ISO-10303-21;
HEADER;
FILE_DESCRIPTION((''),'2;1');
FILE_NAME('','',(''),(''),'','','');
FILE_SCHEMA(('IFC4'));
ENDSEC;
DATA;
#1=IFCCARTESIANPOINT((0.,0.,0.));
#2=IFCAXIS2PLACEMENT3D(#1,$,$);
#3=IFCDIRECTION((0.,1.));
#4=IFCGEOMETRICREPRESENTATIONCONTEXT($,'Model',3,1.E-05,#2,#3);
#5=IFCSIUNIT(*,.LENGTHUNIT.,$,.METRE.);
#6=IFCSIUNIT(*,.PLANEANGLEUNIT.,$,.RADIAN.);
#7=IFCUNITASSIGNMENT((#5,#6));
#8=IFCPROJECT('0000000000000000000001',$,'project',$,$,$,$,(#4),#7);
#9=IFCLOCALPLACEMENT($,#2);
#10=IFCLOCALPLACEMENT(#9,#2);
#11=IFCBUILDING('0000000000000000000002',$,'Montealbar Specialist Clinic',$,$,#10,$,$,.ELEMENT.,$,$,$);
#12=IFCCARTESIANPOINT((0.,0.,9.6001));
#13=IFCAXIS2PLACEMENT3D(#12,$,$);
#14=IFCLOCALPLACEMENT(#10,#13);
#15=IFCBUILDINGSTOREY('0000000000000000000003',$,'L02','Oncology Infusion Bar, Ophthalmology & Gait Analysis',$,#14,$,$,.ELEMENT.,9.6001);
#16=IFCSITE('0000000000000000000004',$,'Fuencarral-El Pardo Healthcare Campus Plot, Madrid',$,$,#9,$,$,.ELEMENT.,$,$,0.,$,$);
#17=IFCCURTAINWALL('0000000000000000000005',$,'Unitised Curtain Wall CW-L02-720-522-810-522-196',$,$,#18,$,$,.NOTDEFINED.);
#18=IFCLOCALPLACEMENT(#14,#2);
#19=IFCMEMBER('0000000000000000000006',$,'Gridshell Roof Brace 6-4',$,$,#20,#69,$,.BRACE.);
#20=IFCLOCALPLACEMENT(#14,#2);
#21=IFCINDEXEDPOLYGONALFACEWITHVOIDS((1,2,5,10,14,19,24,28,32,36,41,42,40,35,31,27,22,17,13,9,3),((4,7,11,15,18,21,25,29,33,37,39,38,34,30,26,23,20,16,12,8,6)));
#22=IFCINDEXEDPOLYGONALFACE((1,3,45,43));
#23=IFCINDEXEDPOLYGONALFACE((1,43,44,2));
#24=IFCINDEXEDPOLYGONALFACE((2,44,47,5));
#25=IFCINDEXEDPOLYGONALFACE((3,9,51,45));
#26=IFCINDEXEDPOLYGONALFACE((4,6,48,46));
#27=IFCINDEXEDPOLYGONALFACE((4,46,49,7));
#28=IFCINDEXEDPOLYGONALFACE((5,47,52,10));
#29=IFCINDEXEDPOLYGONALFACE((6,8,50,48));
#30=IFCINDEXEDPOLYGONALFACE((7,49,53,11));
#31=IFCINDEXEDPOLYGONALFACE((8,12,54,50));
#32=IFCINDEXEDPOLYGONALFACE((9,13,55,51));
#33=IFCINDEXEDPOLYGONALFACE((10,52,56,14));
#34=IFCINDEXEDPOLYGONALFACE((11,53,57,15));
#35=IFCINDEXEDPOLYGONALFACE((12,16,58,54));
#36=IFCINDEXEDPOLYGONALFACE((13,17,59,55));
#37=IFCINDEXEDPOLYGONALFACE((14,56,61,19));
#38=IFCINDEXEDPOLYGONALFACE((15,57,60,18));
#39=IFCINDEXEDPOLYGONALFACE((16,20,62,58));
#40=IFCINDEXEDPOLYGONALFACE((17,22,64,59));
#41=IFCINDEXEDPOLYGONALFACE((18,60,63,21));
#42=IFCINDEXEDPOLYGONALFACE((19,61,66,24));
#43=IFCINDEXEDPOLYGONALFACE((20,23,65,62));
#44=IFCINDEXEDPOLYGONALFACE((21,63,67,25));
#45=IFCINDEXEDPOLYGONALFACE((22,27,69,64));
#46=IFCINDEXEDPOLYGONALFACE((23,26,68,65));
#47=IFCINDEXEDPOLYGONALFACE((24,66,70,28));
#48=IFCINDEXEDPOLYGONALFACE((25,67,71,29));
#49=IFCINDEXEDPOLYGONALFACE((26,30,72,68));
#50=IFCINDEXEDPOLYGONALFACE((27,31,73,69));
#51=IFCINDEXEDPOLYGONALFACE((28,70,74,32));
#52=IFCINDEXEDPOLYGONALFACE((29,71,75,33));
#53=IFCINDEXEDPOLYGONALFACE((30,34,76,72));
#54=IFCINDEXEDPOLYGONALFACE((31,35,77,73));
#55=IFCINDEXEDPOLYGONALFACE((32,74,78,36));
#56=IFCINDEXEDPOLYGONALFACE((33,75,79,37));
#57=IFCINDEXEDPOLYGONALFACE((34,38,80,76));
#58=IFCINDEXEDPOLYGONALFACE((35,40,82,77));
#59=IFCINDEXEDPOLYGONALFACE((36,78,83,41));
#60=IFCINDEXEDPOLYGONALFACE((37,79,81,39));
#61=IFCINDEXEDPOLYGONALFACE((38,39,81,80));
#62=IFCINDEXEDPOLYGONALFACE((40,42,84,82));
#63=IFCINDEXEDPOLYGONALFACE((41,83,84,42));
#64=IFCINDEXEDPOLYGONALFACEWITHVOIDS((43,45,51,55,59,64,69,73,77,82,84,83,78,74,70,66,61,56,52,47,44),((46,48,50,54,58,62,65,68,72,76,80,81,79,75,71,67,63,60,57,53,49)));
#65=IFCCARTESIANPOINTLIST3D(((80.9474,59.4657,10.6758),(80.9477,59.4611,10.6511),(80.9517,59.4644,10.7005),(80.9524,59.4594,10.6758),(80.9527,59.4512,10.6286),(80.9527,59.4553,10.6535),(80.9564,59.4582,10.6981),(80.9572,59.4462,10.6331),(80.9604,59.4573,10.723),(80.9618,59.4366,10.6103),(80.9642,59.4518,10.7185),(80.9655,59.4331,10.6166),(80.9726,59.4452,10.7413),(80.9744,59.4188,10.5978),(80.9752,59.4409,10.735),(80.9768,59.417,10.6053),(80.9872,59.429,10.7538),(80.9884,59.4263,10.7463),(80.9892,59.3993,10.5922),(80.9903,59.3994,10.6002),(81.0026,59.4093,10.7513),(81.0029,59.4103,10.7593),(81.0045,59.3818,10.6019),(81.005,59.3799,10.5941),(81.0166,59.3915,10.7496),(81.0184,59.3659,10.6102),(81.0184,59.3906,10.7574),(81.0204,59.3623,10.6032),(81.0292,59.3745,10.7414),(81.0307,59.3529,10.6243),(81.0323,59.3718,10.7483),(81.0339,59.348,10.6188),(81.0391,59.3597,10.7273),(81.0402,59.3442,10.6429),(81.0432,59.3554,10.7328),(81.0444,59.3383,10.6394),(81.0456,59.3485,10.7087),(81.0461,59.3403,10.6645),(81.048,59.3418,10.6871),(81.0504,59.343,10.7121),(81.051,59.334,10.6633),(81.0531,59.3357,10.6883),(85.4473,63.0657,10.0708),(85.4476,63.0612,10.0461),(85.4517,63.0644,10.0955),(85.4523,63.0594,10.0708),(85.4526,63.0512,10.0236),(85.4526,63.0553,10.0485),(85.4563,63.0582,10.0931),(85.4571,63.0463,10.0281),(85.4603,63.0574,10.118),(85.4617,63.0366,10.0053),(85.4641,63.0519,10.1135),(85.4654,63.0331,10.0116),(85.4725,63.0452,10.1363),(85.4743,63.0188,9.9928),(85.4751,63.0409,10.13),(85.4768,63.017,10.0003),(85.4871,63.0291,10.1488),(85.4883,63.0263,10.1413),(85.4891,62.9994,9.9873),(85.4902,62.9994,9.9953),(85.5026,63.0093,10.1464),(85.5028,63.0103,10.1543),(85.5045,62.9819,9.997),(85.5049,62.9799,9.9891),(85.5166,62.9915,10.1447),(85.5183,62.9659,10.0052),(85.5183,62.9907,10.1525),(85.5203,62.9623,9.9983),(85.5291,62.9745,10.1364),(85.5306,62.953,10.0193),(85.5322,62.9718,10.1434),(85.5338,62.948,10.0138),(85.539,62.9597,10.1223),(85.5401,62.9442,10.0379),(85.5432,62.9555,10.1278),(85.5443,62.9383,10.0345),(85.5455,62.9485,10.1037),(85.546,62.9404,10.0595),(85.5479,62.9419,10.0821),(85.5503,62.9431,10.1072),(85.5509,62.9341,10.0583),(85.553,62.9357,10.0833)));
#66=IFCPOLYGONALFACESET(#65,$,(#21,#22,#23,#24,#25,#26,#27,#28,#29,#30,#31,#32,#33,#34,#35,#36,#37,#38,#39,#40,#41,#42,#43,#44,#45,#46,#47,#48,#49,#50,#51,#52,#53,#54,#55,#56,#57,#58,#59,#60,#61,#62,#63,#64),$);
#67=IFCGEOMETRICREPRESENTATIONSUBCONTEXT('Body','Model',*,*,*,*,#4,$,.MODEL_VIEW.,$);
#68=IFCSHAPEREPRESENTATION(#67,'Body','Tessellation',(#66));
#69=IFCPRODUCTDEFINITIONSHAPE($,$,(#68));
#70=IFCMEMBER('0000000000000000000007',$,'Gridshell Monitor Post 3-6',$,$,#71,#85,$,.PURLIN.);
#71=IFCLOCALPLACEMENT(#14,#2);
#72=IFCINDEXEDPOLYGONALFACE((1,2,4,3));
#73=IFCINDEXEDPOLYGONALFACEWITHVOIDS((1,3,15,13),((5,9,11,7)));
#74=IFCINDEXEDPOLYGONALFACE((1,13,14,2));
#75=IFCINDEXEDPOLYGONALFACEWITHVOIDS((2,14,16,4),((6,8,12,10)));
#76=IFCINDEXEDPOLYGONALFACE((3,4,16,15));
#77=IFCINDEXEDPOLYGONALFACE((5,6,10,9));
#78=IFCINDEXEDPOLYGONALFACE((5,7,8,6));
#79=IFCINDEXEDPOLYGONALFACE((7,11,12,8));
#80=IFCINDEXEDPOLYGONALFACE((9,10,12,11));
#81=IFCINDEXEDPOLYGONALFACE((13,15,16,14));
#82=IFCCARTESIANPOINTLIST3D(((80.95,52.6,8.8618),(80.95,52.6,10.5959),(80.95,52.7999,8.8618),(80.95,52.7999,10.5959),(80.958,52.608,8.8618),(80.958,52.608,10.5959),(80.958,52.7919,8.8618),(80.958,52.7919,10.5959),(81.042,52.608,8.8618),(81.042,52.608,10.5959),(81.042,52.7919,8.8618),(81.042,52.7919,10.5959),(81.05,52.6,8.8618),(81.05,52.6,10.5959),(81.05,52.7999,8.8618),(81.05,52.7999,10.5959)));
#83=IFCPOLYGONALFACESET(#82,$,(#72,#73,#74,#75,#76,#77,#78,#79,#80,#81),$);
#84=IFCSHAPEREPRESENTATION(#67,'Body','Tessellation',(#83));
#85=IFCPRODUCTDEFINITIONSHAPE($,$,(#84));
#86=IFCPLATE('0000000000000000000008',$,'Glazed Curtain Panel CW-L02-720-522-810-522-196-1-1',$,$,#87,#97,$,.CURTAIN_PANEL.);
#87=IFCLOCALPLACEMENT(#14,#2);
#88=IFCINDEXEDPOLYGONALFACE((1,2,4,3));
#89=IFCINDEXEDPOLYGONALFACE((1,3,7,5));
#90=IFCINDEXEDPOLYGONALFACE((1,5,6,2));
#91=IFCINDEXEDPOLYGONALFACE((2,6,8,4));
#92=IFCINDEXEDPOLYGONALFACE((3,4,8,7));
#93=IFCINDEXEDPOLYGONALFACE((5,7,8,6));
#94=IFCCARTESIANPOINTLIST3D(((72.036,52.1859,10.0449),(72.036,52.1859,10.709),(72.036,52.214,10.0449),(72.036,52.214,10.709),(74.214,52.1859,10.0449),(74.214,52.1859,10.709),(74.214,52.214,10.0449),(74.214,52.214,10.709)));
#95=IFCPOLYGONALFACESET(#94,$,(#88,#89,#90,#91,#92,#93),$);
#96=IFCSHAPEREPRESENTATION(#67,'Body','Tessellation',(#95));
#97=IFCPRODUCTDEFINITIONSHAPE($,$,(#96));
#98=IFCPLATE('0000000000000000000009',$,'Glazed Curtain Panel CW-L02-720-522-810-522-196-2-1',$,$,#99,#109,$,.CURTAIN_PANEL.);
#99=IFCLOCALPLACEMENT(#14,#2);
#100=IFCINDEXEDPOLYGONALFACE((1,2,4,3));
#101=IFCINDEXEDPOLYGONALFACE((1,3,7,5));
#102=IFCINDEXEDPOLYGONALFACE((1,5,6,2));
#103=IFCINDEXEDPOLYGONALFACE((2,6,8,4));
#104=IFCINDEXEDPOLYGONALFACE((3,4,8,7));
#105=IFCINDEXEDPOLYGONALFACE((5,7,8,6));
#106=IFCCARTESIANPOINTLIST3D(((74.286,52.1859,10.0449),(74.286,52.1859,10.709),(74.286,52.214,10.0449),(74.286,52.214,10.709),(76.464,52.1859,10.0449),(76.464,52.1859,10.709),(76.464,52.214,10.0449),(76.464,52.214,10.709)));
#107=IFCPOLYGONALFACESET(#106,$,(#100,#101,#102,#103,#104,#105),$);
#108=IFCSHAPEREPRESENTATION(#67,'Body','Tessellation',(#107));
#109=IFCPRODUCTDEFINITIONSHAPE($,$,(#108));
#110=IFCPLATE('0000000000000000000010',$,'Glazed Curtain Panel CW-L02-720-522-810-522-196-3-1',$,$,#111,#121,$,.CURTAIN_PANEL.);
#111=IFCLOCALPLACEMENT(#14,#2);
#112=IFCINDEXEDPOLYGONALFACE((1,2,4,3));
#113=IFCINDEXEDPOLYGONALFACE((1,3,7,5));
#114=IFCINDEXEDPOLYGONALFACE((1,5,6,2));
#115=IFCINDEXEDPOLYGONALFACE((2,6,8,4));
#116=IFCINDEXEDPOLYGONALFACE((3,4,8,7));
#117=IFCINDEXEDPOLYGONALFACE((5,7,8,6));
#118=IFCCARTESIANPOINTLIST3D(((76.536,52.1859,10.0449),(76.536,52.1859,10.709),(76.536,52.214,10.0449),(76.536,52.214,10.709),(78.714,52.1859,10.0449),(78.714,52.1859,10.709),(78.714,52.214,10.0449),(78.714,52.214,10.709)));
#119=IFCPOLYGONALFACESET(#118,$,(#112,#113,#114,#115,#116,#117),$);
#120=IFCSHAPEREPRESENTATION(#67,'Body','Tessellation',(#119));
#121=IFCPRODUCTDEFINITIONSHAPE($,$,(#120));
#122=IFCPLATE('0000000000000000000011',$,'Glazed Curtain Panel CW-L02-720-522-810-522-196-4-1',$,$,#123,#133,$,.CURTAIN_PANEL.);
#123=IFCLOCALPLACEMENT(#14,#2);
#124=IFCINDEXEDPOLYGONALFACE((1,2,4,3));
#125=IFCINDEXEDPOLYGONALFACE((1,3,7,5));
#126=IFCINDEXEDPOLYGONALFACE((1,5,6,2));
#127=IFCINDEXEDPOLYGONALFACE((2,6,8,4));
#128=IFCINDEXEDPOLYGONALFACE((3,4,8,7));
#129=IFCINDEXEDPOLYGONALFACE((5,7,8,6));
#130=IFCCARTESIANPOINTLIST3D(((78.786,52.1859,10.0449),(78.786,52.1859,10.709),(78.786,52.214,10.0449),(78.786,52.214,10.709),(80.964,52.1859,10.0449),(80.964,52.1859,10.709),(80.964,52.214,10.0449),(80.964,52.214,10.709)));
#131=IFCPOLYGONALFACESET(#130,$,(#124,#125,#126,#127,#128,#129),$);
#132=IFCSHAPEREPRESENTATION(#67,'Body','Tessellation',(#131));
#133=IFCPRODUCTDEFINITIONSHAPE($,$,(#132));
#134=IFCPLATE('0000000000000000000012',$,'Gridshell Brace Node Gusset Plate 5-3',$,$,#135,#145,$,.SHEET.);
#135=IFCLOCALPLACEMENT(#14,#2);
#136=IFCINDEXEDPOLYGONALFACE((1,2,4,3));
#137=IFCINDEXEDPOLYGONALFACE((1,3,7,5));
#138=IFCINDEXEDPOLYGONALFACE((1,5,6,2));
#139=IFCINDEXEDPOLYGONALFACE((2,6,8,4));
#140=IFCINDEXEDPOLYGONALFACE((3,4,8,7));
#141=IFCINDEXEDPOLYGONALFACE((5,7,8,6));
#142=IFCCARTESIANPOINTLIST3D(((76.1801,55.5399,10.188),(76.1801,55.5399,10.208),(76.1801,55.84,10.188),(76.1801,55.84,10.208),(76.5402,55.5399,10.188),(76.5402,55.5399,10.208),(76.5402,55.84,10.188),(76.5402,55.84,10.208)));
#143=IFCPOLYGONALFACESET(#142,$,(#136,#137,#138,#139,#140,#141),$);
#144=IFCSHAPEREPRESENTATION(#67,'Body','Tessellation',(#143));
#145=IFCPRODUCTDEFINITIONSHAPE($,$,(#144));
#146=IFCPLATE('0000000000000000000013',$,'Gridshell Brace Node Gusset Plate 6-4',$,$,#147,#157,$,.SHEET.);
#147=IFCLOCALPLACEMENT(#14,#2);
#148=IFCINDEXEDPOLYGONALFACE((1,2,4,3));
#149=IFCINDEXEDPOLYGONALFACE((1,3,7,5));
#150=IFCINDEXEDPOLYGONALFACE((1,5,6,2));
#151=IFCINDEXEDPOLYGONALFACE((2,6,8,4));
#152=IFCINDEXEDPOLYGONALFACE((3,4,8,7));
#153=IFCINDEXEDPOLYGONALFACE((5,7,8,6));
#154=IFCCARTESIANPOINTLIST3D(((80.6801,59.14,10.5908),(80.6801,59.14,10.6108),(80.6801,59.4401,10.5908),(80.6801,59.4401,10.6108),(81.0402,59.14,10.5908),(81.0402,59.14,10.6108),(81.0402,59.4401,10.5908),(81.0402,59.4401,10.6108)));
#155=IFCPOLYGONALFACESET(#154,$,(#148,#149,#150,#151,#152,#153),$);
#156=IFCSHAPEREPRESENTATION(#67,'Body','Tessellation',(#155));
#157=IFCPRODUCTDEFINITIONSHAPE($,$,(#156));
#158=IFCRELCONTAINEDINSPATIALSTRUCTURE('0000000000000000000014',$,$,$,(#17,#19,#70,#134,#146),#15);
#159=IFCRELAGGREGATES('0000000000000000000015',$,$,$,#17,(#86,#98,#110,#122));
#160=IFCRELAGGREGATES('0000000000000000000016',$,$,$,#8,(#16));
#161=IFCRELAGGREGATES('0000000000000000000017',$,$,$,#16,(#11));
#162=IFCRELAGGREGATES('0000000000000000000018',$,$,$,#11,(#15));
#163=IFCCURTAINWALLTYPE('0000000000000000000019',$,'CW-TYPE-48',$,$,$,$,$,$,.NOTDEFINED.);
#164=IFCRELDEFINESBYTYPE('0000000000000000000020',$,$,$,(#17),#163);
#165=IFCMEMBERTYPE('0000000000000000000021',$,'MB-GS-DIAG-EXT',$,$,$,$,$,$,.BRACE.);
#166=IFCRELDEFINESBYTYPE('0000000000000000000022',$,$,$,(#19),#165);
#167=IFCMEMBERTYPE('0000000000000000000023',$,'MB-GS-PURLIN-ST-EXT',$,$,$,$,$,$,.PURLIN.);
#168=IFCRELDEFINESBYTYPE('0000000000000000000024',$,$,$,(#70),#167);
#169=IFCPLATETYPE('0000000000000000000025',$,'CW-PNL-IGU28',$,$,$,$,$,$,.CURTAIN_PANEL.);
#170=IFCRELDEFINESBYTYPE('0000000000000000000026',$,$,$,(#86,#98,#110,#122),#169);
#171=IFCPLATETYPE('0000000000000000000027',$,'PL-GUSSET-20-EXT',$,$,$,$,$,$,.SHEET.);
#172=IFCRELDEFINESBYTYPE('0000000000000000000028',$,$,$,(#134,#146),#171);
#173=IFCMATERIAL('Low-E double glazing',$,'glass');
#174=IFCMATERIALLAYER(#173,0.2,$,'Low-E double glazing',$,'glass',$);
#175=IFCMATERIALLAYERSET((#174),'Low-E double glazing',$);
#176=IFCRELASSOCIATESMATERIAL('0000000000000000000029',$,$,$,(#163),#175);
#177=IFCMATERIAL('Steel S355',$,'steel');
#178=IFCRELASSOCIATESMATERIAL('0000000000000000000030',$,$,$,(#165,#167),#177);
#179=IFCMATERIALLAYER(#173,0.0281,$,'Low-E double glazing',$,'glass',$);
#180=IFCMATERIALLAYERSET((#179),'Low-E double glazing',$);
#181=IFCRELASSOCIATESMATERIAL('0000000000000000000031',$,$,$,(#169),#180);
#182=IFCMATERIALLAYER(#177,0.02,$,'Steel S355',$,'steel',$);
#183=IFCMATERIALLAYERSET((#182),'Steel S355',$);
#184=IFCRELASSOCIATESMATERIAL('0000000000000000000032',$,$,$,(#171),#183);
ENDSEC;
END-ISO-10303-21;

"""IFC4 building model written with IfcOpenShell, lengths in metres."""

from ifc_helpers import new_model, si_unit, direction, frame, origin, origin_2d, place, context, subcontext, project, spatial, rectangle, hollow_rectangle, hollow_circle, extrude, material, layer, layer_set, material_profile, profile_set, type_object, element, aggregate, save


model = new_model("IFC4")

# Units and contexts
model_context = context("Model", 3, precision=1e-05, world=origin(), true_north=direction((0.0, 1.0)))
body_context = subcontext(model_context, "Body", "Model", "MODEL_VIEW")
ifc_project = project(units=[si_unit("LENGTHUNIT", "METRE"), si_unit("PLANEANGLEUNIT", "RADIAN")], contexts=[model_context])

# Site, building, storey
site_placement = place(None, origin())
site = spatial("IfcSite", under=ifc_project, at=site_placement, Name="Fuencarral-El Pardo Healthcare Campus Plot, Madrid", CompositionType="ELEMENT", RefElevation=0.0)
building_placement = place(site_placement, origin())
building = spatial("IfcBuilding", under=site, at=building_placement, Name="Montealbar Specialist Clinic", CompositionType="ELEMENT")
storey_placement = place(building_placement, frame((0.0, 0.0, 9.6001)))
storey = spatial("IfcBuildingStorey", under=building, at=storey_placement, Name="L02", Description="Oncology Infusion Bar, Ophthalmology & Gait Analysis", CompositionType="ELEMENT", Elevation=9.6001)

# Shared definitions
ifc_material_1 = material(Name="Steel S355", Category="steel")

# Curtain wall
ifc_material_2 = material(Name="Low-E double glazing", Category="glass")
ifc_layer_1 = layer(ifc_material_2, 0.2, Name="Low-E double glazing", Category="glass")
ifc_layer_set_1 = layer_set([ifc_layer_1], Name="Low-E double glazing")
curtain_wall_type = type_object("IfcCurtainWallType", Name="CW-TYPE-48", PredefinedType="NOTDEFINED", material=ifc_layer_set_1)
curtain_wall_placement = place(storey_placement, origin())
curtain_wall = element("IfcCurtainWall", 1, at=curtain_wall_placement, inside=storey, type_object=curtain_wall_type, Name="Unitised Curtain Wall CW-L02-720-522-810-522-196", PredefinedType="NOTDEFINED")

# Members
ifc_material_profile_1 = material_profile(ifc_material_1, hollow_circle(Radius=0.0842, WallThickness=0.0081, at=origin_2d()), Name="CHS 168.3x8.0", Category="steel")
ifc_profile_set_1 = profile_set([ifc_material_profile_1], Name="Steel S355")
member_type_1 = type_object("IfcMemberType", Name="MB-GS-DIAG-EXT", PredefinedType="BRACE", material=ifc_profile_set_1)
member_1_placement = place(storey_placement, frame((81.0, 59.3999, 10.6758), z_axis=(0.776593, 0.621291, -0.104405), x_axis=(-0.624705, 0.780861, 0.0)))
element("IfcMember", 2, at=member_1_placement, inside=storey, type_object=member_type_1, Name="Gridshell Roof Brace 6-4", PredefinedType="BRACE", context=body_context, shape_type="SweptSolid", body=[
    extrude(hollow_circle(Radius=0.0842, WallThickness=0.0081, at=origin_2d()), origin(), (0.0, 0.0, 1.0), 5.7944),
])
ifc_material_profile_2 = material_profile(ifc_material_1, hollow_rectangle(XDim=0.1001, YDim=0.2, WallThickness=0.0081, at=origin_2d()), Name="RHS 200x100x8", Category="steel")
ifc_profile_set_2 = profile_set([ifc_material_profile_2], Name="Steel S355")
member_type_2 = type_object("IfcMemberType", Name="MB-GS-PURLIN-ST-EXT", PredefinedType="PURLIN", material=ifc_profile_set_2)
member_2_placement = place(storey_placement, frame((81.0, 52.7, 8.8618), z_axis=(0.0, 0.0, 1.0), x_axis=(1.0, 0.0, 0.0)))
element("IfcMember", 3, at=member_2_placement, inside=storey, type_object=member_type_2, Name="Gridshell Monitor Post 3-6", PredefinedType="PURLIN", context=body_context, shape_type="SweptSolid", body=[
    extrude(hollow_rectangle(XDim=0.1001, YDim=0.2, WallThickness=0.0081, at=origin_2d()), origin(), (0.0, 0.0, 1.0), 1.7341),
])

# Plates
ifc_layer_2 = layer(ifc_material_2, 0.0281, Name="Low-E double glazing", Category="glass")
ifc_layer_set_2 = layer_set([ifc_layer_2], Name="Low-E double glazing")
plate_type_1 = type_object("IfcPlateType", Name="CW-PNL-IGU28", PredefinedType="CURTAIN_PANEL", material=ifc_layer_set_2)
plate_1_placement = place(storey_placement, frame((73.125, 52.2, 10.0449), z_axis=(0.0, 0.0, 1.0), x_axis=(1.0, 0.0, 0.0)))
plate_1 = element("IfcPlate", 4, at=plate_1_placement, type_object=plate_type_1, Name="Glazed Curtain Panel CW-L02-720-522-810-522-196-1-1", PredefinedType="CURTAIN_PANEL", context=body_context, shape_type="SweptSolid", body=[
    extrude(rectangle(XDim=2.178, YDim=0.0281, at=origin_2d()), origin(), (0.0, 0.0, 1.0), 0.6641),
])
plate_2_placement = place(storey_placement, frame((75.375, 52.2, 10.0449), z_axis=(0.0, 0.0, 1.0), x_axis=(1.0, 0.0, 0.0)))
plate_2 = element("IfcPlate", 5, at=plate_2_placement, type_object=plate_type_1, Name="Glazed Curtain Panel CW-L02-720-522-810-522-196-2-1", PredefinedType="CURTAIN_PANEL", context=body_context, shape_type="SweptSolid", body=[
    extrude(rectangle(XDim=2.178, YDim=0.0281, at=origin_2d()), origin(), (0.0, 0.0, 1.0), 0.6641),
])
plate_3_placement = place(storey_placement, frame((77.625, 52.2, 10.0449), z_axis=(0.0, 0.0, 1.0), x_axis=(1.0, 0.0, 0.0)))
plate_3 = element("IfcPlate", 6, at=plate_3_placement, type_object=plate_type_1, Name="Glazed Curtain Panel CW-L02-720-522-810-522-196-3-1", PredefinedType="CURTAIN_PANEL", context=body_context, shape_type="SweptSolid", body=[
    extrude(rectangle(XDim=2.178, YDim=0.0281, at=origin_2d()), origin(), (0.0, 0.0, 1.0), 0.6641),
])
plate_4_placement = place(storey_placement, frame((79.875, 52.2, 10.0449), z_axis=(0.0, 0.0, 1.0), x_axis=(1.0, 0.0, 0.0)))
plate_4 = element("IfcPlate", 7, at=plate_4_placement, type_object=plate_type_1, Name="Glazed Curtain Panel CW-L02-720-522-810-522-196-4-1", PredefinedType="CURTAIN_PANEL", context=body_context, shape_type="SweptSolid", body=[
    extrude(rectangle(XDim=2.178, YDim=0.0281, at=origin_2d()), origin(), (0.0, 0.0, 1.0), 0.6641),
])
aggregate(curtain_wall, [plate_1, plate_2, plate_3, plate_4])

# Plates
ifc_layer_3 = layer(ifc_material_1, 0.02, Name="Steel S355", Category="steel")
ifc_layer_set_3 = layer_set([ifc_layer_3], Name="Steel S355")
plate_type_2 = type_object("IfcPlateType", Name="PL-GUSSET-20-EXT", PredefinedType="SHEET", material=ifc_layer_set_3)
for number, where, z_axis, x_axis, name in (
    (8, (76.3601, 55.6899, 10.188), (0.0, 0.0, 1.0), (1.0, 0.0, 0.0), "Gridshell Brace Node Gusset Plate 5-3"),
    (9, (80.8601, 59.29, 10.5908), (0.0, 0.0, 1.0), (1.0, 0.0, 0.0), "Gridshell Brace Node Gusset Plate 6-4"),
):
    element("IfcPlate", number, at=place(storey_placement, frame(where, z_axis=z_axis, x_axis=x_axis)), inside=storey, type_object=plate_type_2, Name=name, PredefinedType="SHEET", context=body_context, shape_type="SweptSolid", body=[
        extrude(rectangle(XDim=0.3601, YDim=0.3, at=origin_2d()), origin(), (0.0, 0.0, 1.0), 0.02),
    ])

save(model, "model.ifc")
